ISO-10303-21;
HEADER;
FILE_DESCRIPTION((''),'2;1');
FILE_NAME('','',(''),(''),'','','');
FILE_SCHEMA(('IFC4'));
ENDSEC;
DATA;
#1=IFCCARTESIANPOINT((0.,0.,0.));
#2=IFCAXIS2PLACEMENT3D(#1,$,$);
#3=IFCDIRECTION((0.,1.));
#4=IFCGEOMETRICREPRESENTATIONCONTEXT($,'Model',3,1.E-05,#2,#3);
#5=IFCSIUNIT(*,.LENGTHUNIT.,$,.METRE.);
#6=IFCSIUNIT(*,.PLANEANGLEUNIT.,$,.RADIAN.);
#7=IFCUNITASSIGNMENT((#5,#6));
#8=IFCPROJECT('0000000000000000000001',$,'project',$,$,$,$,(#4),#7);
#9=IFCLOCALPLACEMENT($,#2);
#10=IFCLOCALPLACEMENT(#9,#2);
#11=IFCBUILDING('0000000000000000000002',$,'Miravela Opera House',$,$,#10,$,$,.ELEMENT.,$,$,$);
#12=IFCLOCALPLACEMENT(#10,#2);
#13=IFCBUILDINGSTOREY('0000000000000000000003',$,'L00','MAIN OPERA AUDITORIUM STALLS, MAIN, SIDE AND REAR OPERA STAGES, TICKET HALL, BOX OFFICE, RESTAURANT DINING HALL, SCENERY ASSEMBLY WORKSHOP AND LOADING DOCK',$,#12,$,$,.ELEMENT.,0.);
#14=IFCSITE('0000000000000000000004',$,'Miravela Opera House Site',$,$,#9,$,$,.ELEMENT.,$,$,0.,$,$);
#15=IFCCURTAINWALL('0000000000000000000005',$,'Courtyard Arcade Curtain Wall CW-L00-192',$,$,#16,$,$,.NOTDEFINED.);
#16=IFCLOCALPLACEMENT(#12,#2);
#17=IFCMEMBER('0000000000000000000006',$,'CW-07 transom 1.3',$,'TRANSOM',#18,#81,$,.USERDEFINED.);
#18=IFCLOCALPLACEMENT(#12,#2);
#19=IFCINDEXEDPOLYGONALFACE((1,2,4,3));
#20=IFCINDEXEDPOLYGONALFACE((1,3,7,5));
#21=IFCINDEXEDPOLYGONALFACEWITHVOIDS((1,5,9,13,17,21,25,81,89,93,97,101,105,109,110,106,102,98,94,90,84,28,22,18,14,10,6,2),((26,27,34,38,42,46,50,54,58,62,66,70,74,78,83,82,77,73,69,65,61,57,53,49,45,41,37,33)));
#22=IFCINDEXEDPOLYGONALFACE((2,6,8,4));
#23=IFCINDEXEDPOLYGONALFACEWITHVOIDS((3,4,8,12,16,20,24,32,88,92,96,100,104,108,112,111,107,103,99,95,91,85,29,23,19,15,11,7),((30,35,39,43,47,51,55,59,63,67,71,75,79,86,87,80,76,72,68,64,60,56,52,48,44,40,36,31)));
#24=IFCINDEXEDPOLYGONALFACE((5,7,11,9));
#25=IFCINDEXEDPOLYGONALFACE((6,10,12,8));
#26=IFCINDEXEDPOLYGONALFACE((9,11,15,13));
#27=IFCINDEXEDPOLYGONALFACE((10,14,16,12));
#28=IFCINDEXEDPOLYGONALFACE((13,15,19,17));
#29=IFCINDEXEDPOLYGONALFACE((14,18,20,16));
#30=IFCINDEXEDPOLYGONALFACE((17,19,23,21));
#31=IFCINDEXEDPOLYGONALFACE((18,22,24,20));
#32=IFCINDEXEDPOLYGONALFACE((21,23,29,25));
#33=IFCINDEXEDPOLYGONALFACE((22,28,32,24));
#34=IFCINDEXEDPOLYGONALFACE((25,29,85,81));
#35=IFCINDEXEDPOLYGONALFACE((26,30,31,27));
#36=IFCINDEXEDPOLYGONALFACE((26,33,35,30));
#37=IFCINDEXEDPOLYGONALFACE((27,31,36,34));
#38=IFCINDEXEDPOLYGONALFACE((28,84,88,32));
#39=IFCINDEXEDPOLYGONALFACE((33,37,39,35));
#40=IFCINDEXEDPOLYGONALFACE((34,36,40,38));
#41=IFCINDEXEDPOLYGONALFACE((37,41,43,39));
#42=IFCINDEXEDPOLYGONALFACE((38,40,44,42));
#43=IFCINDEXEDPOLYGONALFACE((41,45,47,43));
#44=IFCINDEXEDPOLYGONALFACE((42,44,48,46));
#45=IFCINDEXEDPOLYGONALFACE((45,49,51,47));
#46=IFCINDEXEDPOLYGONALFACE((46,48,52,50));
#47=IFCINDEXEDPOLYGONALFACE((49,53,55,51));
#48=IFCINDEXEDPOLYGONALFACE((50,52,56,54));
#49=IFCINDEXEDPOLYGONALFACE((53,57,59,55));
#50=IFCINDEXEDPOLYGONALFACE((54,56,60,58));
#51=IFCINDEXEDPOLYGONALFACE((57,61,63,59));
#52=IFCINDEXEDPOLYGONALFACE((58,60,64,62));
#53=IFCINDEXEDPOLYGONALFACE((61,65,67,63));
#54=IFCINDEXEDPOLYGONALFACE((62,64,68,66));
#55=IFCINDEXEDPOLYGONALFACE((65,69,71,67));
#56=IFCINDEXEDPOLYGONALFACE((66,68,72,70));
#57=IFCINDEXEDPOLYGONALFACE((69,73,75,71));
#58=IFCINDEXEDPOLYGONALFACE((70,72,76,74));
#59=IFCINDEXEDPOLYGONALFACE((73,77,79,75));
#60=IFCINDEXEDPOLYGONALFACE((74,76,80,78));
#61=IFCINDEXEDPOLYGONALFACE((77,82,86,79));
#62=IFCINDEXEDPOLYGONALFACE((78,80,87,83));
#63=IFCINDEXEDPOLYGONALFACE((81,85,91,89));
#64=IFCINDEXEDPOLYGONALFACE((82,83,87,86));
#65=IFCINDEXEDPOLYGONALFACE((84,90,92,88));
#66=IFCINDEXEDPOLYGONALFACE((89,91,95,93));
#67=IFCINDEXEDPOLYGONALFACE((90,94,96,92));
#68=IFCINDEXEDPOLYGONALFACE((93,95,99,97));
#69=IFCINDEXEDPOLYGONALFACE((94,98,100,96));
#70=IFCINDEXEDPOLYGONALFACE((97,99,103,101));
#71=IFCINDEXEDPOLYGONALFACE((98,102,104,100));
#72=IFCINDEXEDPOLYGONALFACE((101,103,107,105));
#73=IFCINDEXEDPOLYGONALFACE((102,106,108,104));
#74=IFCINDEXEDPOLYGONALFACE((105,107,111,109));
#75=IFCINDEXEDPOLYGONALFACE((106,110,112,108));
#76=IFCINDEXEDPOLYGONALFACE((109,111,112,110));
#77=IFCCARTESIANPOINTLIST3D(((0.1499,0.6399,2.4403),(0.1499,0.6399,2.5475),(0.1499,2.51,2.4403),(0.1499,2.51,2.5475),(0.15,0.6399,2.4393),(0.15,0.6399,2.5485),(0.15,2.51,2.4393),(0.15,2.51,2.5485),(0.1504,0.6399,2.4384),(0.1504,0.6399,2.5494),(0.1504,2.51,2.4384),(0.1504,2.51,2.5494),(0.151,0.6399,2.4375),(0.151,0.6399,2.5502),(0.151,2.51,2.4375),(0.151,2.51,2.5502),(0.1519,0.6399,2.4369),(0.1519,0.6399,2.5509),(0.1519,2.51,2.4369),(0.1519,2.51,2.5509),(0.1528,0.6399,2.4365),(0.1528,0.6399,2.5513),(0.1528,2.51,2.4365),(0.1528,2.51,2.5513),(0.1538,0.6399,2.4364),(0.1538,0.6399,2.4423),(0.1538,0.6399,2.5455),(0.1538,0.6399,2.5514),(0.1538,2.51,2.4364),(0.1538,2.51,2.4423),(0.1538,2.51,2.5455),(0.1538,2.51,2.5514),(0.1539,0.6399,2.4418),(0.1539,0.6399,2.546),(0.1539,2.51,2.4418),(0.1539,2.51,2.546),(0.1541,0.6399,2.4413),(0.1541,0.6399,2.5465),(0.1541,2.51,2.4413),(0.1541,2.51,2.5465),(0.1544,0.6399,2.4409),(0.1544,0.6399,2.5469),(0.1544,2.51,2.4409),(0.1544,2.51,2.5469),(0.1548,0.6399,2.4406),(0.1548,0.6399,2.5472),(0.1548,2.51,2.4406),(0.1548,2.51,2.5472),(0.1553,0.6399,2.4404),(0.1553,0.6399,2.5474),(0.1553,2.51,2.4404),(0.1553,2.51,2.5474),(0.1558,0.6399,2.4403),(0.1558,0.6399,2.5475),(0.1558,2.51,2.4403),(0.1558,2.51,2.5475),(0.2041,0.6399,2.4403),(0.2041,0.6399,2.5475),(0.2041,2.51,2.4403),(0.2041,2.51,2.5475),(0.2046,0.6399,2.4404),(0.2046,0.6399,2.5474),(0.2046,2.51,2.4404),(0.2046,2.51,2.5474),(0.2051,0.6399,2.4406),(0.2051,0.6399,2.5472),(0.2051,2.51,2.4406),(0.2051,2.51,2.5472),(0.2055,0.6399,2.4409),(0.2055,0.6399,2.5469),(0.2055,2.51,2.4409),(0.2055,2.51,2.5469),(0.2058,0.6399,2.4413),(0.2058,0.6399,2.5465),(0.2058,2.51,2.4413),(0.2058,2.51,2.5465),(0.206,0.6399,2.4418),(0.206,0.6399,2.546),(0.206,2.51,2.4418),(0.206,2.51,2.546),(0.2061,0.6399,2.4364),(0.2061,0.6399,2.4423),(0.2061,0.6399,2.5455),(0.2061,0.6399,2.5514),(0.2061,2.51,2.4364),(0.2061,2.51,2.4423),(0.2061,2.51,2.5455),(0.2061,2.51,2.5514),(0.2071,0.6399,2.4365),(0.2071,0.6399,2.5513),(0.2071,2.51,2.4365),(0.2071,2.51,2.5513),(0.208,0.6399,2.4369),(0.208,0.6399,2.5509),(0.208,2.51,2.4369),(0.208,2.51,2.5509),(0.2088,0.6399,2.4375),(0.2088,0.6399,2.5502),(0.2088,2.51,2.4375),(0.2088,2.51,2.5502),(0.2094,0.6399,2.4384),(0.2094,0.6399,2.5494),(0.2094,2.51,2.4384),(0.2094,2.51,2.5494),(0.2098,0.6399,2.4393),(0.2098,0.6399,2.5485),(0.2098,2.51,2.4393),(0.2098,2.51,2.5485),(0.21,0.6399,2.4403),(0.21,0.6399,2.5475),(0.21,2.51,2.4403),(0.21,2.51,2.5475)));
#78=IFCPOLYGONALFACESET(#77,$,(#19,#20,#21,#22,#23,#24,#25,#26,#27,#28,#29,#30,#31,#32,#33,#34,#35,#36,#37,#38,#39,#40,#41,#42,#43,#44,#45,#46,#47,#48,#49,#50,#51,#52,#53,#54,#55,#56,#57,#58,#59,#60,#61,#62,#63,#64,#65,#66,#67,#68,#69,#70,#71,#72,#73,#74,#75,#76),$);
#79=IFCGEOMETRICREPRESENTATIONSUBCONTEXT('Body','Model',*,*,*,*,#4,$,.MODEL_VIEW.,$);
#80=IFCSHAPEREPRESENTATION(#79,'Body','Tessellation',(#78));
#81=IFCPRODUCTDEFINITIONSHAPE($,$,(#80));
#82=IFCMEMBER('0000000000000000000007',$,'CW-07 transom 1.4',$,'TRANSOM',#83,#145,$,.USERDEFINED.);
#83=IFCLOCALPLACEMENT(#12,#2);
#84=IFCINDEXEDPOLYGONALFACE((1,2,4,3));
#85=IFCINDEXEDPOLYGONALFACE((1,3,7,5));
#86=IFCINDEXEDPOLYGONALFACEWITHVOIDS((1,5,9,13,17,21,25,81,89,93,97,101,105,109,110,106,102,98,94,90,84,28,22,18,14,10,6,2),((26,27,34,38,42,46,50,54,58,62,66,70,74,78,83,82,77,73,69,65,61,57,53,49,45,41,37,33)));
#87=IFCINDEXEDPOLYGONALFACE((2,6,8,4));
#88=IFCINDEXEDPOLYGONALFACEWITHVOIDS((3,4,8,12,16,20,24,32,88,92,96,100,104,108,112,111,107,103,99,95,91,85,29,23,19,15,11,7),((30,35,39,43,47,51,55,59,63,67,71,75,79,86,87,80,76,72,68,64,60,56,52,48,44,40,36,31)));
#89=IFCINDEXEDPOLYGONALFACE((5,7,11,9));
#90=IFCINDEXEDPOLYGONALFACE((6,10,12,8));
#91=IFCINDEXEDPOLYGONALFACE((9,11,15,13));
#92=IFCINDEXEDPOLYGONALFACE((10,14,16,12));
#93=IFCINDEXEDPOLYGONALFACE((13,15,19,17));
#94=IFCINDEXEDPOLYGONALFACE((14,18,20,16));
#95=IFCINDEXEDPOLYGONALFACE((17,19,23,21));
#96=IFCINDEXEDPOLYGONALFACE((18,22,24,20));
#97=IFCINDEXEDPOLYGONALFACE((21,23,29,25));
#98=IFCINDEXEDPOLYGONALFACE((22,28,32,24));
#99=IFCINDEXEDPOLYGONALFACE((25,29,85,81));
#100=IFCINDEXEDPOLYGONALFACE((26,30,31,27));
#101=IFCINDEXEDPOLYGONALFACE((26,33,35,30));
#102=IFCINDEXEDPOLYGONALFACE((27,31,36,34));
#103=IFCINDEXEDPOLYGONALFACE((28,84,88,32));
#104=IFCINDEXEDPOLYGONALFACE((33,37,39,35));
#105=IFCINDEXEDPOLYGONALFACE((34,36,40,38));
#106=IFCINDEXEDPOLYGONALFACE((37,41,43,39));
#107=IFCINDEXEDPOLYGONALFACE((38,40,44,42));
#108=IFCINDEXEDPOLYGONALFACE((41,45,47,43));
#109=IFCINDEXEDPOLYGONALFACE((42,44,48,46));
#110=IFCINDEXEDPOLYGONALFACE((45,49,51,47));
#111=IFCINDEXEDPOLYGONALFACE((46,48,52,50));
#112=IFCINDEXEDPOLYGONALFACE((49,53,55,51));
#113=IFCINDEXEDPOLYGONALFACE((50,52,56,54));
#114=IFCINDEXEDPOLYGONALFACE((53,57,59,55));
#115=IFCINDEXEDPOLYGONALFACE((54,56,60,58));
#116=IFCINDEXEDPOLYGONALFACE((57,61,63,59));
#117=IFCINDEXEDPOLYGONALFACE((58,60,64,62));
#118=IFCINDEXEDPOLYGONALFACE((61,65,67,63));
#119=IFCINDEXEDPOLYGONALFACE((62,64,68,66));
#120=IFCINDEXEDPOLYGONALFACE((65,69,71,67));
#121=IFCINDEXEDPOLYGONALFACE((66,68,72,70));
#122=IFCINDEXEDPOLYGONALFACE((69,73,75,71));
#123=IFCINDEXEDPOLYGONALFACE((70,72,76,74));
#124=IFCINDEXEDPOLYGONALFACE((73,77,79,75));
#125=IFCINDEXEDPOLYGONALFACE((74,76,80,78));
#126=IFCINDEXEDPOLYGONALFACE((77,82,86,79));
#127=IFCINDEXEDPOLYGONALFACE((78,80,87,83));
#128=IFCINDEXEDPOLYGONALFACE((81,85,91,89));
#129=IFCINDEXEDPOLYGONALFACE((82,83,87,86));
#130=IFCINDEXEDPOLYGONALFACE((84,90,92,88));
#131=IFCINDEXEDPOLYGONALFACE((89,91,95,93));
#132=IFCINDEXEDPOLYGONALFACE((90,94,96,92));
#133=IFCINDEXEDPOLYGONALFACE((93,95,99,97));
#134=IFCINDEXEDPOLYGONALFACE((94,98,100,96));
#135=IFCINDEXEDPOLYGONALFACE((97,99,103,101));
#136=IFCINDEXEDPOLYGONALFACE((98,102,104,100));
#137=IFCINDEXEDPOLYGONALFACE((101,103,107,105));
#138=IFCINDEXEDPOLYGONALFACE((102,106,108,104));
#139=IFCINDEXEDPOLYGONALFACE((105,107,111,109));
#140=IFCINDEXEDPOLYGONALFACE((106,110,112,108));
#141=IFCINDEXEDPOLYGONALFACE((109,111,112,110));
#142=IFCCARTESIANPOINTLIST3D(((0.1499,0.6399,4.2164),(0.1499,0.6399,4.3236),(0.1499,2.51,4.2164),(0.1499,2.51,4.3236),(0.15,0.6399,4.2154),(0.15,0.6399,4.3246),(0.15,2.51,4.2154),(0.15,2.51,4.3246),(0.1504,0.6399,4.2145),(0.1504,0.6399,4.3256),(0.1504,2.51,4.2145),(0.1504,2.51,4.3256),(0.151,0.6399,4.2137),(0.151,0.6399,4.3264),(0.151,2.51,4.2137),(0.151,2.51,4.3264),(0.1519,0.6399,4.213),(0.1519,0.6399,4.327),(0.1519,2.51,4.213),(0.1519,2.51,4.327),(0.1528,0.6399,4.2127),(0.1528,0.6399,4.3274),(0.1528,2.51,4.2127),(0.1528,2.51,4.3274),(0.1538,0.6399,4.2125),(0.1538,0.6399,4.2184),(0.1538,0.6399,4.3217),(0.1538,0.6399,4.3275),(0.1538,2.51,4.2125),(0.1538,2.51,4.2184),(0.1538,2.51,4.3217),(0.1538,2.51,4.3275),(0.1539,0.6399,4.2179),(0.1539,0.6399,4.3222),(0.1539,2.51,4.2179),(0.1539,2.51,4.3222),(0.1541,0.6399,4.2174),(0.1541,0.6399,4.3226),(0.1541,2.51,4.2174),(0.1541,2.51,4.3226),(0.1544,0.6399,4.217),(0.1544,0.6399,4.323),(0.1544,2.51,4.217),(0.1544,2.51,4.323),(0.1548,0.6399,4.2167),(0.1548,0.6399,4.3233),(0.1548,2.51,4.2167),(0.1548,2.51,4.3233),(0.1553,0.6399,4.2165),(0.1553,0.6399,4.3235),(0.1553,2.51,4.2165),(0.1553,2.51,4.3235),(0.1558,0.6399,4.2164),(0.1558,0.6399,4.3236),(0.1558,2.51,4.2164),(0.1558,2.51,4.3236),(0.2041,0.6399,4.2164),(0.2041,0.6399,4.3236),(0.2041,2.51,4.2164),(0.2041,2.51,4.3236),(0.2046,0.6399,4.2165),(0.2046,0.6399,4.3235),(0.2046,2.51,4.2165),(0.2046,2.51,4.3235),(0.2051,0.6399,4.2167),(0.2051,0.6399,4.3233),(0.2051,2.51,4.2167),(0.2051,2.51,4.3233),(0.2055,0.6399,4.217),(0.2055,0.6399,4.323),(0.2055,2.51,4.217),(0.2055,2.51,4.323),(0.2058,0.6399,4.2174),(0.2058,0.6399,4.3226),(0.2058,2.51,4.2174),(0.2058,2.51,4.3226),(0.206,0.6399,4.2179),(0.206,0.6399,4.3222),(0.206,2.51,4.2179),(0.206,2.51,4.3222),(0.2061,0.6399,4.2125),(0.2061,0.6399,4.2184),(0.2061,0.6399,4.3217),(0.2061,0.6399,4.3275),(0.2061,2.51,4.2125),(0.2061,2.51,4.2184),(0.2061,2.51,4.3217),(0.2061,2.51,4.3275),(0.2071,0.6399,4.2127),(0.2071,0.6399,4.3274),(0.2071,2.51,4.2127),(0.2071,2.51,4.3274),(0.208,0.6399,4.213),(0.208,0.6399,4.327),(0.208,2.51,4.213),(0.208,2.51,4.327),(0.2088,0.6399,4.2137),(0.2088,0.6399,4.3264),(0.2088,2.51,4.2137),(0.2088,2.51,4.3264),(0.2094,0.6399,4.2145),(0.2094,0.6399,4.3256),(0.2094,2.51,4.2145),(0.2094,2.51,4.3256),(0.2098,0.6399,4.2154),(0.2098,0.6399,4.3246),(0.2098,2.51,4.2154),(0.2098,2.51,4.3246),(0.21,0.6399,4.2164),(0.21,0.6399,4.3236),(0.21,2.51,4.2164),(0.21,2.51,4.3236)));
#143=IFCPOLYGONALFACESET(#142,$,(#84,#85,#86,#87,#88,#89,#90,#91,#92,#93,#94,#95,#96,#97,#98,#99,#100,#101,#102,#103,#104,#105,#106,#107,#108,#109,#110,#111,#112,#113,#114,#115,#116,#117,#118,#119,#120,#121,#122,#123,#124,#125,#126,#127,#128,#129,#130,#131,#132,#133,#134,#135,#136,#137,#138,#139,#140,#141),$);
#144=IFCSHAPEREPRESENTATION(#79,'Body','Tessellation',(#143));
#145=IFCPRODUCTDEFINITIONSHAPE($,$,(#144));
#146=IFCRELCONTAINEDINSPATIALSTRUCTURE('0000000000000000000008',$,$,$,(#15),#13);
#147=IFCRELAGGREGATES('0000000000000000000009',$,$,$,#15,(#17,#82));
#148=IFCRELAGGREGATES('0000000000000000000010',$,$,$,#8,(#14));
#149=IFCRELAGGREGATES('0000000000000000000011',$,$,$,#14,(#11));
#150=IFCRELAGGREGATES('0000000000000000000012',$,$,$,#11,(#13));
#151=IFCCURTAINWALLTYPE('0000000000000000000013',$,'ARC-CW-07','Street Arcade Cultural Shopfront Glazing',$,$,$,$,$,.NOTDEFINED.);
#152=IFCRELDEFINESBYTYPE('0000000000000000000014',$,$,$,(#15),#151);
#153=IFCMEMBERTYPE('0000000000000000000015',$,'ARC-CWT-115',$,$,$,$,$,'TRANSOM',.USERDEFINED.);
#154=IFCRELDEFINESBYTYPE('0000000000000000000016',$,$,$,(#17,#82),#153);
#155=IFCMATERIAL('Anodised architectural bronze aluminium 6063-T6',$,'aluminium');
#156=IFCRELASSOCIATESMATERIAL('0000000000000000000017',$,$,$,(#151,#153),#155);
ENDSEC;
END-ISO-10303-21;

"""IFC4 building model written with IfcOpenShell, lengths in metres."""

from ifc_helpers import new_model, si_unit, direction, frame, origin, origin_2d, place, context, subcontext, project, spatial, hollow_rectangle, extrude, material, material_profile, profile_set, type_object, element, aggregate, save


model = new_model("IFC4")

# Units and contexts
model_context = context("Model", 3, precision=1e-05, world=origin(), true_north=direction((0.0, 1.0)))
body_context = subcontext(model_context, "Body", "Model", "MODEL_VIEW")
ifc_project = project(units=[si_unit("LENGTHUNIT", "METRE"), si_unit("PLANEANGLEUNIT", "RADIAN")], contexts=[model_context])

# Site, building, storey
site_placement = place(None, origin())
site = spatial("IfcSite", under=ifc_project, at=site_placement, Name="Miravela Opera House Site", CompositionType="ELEMENT", RefElevation=0.0)
building_placement = place(site_placement, origin())
building = spatial("IfcBuilding", under=site, at=building_placement, Name="Miravela Opera House", CompositionType="ELEMENT")
storey_placement = place(building_placement, origin())
storey = spatial("IfcBuildingStorey", under=building, at=storey_placement, Name="L00", Description="MAIN OPERA AUDITORIUM STALLS, MAIN, SIDE AND REAR OPERA STAGES, TICKET HALL, BOX OFFICE, RESTAURANT DINING HALL, SCENERY ASSEMBLY WORKSHOP AND LOADING DOCK", CompositionType="ELEMENT", Elevation=0.0)

# Curtain wall, members
ifc_material_1 = material(Name="Anodised architectural bronze aluminium 6063-T6", Category="aluminium")
curtain_wall_type = type_object("IfcCurtainWallType", Name="ARC-CW-07", Description="Street Arcade Cultural Shopfront Glazing", PredefinedType="NOTDEFINED", material=ifc_material_1)
curtain_wall_placement = place(storey_placement, origin())
curtain_wall = element("IfcCurtainWall", 1, at=curtain_wall_placement, inside=storey, type_object=curtain_wall_type, Name="Courtyard Arcade Curtain Wall CW-L00-192", PredefinedType="NOTDEFINED")
ifc_material_profile_1 = material_profile(ifc_material_1, hollow_rectangle(XDim=0.0601, YDim=0.115, WallThickness=0.0039, InnerFilletRadius=0.002, OuterFilletRadius=0.0039, at=origin_2d()), Name="CWT-60X115")
ifc_profile_set_1 = profile_set([ifc_material_profile_1])
member_type_1 = type_object("IfcMemberType", Name="ARC-CWT-115", ElementType="TRANSOM", PredefinedType="USERDEFINED", material=ifc_profile_set_1)
member_1_placement = place(storey_placement, frame((0.1799, 0.6399, 2.4939), z_axis=(0.0, 1.0, 0.0), x_axis=(-1.0, 0.0, 0.0)))
member_1 = element("IfcMember", 2, at=member_1_placement, type_object=member_type_1, Name="CW-07 transom 1.3", ObjectType="TRANSOM", PredefinedType="USERDEFINED", context=body_context, shape_type="SweptSolid", body=[
    extrude(hollow_rectangle(XDim=0.0601, YDim=0.115, WallThickness=0.0039, InnerFilletRadius=0.002, OuterFilletRadius=0.0039, at=origin_2d()), origin(), (0.0, 0.0, 1.0), 1.8701),
])
member_2_placement = place(storey_placement, frame((0.1799, 0.6399, 4.27), z_axis=(0.0, 1.0, 0.0), x_axis=(-1.0, 0.0, 0.0)))
member_2 = element("IfcMember", 3, at=member_2_placement, type_object=member_type_1, Name="CW-07 transom 1.4", ObjectType="TRANSOM", PredefinedType="USERDEFINED", context=body_context, shape_type="SweptSolid", body=[
    extrude(hollow_rectangle(XDim=0.0601, YDim=0.115, WallThickness=0.0039, InnerFilletRadius=0.002, OuterFilletRadius=0.0039, at=origin_2d()), origin(), (0.0, 0.0, 1.0), 1.8701),
])

aggregate(curtain_wall, [member_1, member_2])

save(model, "model.ifc")
